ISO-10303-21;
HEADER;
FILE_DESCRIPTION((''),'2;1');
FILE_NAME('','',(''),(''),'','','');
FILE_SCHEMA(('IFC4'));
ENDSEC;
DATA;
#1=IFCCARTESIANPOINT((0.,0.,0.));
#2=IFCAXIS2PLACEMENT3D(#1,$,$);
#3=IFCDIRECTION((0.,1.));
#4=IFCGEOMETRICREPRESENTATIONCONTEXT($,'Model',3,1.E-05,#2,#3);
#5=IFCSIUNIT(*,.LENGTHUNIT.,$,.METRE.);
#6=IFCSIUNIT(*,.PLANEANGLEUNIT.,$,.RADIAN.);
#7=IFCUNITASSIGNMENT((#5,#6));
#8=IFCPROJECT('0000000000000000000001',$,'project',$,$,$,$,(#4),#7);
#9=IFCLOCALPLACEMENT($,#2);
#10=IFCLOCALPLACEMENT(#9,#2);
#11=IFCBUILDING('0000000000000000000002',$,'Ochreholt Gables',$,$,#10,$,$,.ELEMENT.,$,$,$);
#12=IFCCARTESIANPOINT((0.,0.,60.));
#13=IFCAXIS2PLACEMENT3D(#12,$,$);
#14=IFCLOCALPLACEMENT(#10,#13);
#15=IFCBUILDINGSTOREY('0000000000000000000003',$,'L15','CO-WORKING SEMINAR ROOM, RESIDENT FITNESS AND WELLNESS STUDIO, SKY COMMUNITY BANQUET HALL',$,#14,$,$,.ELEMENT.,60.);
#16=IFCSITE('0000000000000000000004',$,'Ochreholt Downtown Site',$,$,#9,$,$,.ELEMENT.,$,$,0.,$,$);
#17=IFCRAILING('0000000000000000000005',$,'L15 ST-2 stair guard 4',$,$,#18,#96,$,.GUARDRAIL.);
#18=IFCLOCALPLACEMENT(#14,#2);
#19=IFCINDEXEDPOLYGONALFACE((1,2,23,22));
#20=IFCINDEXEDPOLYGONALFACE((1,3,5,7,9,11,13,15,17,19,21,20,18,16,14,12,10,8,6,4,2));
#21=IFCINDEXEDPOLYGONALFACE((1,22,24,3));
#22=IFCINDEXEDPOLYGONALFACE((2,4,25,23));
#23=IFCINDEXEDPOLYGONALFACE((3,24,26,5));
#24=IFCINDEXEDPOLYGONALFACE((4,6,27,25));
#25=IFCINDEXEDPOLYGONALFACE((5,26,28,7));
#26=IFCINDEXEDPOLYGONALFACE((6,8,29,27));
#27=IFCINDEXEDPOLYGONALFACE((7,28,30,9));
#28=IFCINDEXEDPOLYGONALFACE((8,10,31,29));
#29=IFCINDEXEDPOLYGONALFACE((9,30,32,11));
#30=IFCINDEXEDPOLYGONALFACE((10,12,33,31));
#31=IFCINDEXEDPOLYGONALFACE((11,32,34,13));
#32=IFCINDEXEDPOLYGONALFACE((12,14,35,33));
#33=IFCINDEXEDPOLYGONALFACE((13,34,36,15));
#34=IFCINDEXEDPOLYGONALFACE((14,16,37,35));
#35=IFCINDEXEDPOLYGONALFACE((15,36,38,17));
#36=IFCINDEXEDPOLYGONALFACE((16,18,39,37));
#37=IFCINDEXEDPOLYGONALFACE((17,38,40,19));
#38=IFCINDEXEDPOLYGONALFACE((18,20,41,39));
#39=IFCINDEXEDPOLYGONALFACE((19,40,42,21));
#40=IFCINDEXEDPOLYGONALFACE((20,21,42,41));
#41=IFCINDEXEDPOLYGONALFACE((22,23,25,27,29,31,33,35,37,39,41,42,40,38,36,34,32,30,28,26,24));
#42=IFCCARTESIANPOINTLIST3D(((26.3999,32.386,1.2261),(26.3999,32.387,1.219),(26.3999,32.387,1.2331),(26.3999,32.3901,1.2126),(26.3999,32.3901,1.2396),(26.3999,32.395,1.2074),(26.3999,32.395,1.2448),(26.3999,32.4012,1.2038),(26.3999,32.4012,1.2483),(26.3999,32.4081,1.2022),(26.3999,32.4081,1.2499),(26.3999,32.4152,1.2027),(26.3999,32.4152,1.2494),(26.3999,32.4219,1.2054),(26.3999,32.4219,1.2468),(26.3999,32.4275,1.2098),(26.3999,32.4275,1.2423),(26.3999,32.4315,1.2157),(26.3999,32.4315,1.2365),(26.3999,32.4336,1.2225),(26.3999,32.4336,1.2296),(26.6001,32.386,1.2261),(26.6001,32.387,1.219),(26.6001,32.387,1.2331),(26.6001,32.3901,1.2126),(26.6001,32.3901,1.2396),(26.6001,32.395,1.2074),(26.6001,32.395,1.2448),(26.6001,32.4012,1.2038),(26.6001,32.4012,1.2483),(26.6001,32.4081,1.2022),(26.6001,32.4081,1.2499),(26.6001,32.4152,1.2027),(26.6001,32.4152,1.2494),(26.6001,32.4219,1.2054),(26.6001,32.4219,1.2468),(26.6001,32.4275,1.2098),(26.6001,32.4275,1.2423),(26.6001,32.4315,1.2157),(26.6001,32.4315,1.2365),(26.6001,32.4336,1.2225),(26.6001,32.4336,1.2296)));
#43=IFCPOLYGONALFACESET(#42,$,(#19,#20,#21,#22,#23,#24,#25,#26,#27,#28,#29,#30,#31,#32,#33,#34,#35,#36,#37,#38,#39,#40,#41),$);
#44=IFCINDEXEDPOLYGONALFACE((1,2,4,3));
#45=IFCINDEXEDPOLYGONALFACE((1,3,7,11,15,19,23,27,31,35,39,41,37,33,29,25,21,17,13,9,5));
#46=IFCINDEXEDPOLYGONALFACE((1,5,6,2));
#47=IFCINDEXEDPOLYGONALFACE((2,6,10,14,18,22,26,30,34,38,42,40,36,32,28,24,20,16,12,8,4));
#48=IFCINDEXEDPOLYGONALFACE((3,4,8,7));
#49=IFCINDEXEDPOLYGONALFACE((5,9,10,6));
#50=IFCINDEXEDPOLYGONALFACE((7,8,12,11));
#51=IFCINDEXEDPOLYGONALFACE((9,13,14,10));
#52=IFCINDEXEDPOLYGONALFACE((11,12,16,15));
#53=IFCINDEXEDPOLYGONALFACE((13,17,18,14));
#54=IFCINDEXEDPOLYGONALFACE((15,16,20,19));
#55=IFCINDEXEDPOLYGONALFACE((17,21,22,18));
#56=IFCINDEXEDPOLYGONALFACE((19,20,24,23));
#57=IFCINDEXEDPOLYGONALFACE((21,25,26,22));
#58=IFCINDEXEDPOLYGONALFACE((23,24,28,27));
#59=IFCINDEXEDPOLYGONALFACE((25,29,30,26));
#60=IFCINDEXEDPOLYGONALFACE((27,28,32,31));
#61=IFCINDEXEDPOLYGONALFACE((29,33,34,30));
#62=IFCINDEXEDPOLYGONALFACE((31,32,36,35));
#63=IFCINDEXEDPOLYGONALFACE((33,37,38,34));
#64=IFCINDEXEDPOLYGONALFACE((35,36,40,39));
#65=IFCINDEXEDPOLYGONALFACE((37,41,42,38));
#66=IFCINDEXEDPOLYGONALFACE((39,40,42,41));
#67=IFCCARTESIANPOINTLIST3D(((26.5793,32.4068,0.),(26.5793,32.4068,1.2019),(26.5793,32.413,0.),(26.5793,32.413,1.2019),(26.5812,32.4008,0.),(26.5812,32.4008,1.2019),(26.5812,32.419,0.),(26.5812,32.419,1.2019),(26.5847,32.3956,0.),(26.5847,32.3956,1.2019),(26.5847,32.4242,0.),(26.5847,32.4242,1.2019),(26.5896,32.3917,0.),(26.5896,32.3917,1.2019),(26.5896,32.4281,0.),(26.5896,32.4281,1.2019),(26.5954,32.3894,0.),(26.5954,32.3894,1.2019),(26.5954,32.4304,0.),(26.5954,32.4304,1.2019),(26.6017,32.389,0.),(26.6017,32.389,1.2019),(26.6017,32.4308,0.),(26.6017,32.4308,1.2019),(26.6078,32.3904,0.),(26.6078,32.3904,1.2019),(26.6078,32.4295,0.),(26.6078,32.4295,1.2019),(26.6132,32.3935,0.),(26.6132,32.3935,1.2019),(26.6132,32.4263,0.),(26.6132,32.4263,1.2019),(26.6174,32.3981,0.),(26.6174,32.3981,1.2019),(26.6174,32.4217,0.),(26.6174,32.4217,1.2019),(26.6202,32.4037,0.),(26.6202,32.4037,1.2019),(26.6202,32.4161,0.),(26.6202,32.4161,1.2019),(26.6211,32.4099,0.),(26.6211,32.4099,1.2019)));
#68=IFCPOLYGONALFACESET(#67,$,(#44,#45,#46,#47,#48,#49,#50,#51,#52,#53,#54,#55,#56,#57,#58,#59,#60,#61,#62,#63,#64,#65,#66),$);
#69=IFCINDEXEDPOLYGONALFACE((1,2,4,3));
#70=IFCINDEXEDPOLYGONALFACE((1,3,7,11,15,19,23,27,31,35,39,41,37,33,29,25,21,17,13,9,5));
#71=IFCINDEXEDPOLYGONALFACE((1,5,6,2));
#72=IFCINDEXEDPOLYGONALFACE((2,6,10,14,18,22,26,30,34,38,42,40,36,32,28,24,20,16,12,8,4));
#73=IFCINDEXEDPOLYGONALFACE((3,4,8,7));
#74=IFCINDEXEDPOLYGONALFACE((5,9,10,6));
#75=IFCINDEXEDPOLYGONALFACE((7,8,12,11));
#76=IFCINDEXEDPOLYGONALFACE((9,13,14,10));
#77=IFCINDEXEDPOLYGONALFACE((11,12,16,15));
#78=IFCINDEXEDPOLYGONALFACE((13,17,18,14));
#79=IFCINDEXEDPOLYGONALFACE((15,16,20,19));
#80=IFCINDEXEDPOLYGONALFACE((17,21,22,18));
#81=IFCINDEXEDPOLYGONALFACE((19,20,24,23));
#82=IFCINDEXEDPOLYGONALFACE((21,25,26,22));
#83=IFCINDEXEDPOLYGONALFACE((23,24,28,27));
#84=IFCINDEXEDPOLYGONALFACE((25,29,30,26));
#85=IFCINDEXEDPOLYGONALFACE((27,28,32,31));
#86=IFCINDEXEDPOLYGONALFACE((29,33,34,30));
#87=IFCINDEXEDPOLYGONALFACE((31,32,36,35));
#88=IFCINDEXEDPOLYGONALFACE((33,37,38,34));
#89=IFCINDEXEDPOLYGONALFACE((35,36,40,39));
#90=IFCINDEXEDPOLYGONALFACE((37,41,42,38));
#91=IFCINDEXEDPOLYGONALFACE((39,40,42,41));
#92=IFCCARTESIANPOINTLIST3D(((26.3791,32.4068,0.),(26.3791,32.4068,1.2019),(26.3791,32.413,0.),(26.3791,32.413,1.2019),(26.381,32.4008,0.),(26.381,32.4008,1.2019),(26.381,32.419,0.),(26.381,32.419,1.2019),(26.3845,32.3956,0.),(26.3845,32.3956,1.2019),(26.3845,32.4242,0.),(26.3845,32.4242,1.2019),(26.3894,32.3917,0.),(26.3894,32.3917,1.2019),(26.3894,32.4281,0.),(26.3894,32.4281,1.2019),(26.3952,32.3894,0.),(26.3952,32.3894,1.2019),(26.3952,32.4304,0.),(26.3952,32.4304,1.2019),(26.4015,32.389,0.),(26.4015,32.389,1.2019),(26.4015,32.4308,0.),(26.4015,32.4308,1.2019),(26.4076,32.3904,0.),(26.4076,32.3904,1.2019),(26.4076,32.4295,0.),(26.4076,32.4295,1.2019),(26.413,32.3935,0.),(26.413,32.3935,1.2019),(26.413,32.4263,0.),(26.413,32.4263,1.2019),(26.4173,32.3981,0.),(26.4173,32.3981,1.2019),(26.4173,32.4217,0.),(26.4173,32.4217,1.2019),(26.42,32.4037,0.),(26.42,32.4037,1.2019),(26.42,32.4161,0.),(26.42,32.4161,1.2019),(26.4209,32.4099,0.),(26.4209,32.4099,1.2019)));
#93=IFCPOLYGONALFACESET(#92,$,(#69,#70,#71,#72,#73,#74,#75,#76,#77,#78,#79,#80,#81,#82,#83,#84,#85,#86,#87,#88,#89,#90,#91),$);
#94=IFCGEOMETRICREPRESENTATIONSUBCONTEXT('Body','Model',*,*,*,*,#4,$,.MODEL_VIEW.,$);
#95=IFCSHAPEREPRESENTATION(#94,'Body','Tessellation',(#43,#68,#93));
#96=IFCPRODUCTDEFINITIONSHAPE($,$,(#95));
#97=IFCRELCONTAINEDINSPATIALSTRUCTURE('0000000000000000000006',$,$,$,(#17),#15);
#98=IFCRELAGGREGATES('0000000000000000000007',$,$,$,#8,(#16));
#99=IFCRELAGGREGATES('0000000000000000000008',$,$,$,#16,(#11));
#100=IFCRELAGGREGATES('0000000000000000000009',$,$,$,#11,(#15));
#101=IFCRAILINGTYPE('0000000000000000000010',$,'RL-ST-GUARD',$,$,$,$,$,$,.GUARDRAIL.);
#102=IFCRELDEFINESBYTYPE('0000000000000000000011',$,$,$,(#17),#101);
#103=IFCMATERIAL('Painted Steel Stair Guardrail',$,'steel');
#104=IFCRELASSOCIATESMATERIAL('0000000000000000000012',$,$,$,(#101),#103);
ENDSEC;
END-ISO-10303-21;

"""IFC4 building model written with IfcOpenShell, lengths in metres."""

from ifc_helpers import new_model, si_unit, direction, frame, origin, origin_2d, place, context, subcontext, project, spatial, circle, extrude, material, type_object, element, save


model = new_model("IFC4")

# Units and contexts
model_context = context("Model", 3, precision=1e-05, world=origin(), true_north=direction((0.0, 1.0)))
body_context = subcontext(model_context, "Body", "Model", "MODEL_VIEW")
ifc_project = project(units=[si_unit("LENGTHUNIT", "METRE"), si_unit("PLANEANGLEUNIT", "RADIAN")], contexts=[model_context])

# Site, building, storey
site_placement = place(None, origin())
site = spatial("IfcSite", under=ifc_project, at=site_placement, Name="Ochreholt Downtown Site", CompositionType="ELEMENT", RefElevation=0.0)
building_placement = place(site_placement, origin())
building = spatial("IfcBuilding", under=site, at=building_placement, Name="Ochreholt Gables", CompositionType="ELEMENT")
storey_placement = place(building_placement, frame((0.0, 0.0, 60.0)))
storey = spatial("IfcBuildingStorey", under=building, at=storey_placement, Name="L15", Description="CO-WORKING SEMINAR ROOM, RESIDENT FITNESS AND WELLNESS STUDIO, SKY COMMUNITY BANQUET HALL", CompositionType="ELEMENT", Elevation=60.0)

# Railing
ifc_material_1 = material(Name="Painted Steel Stair Guardrail", Category="steel")
railing_type_1 = type_object("IfcRailingType", Name="RL-ST-GUARD", PredefinedType="GUARDRAIL", material=ifc_material_1)
railing_1_placement = place(storey_placement, frame((26.6001, 32.4099, 0.0)))
element("IfcRailing", 1, at=railing_1_placement, inside=storey, type_object=railing_type_1, Name="L15 ST-2 stair guard 4", PredefinedType="GUARDRAIL", context=body_context, shape_type="SweptSolid", body=[
    extrude(circle(Radius=0.0239, at=origin_2d()), frame((0.0, 0.0, 1.2261), z_axis=(-1.0, 0.0, 0.0), x_axis=(0.0, -1.0, 0.0)), (0.0, 0.0, 1.0), 0.2002),
    extrude(circle(Radius=0.021, at=origin_2d()), origin(), (0.0, 0.0, 1.0), 1.2019),
    extrude(circle(Radius=0.021, at=origin_2d()), frame((-0.2002, 0.0, 0.0)), (0.0, 0.0, 1.0), 1.2019),
])

save(model, "model.ifc")
